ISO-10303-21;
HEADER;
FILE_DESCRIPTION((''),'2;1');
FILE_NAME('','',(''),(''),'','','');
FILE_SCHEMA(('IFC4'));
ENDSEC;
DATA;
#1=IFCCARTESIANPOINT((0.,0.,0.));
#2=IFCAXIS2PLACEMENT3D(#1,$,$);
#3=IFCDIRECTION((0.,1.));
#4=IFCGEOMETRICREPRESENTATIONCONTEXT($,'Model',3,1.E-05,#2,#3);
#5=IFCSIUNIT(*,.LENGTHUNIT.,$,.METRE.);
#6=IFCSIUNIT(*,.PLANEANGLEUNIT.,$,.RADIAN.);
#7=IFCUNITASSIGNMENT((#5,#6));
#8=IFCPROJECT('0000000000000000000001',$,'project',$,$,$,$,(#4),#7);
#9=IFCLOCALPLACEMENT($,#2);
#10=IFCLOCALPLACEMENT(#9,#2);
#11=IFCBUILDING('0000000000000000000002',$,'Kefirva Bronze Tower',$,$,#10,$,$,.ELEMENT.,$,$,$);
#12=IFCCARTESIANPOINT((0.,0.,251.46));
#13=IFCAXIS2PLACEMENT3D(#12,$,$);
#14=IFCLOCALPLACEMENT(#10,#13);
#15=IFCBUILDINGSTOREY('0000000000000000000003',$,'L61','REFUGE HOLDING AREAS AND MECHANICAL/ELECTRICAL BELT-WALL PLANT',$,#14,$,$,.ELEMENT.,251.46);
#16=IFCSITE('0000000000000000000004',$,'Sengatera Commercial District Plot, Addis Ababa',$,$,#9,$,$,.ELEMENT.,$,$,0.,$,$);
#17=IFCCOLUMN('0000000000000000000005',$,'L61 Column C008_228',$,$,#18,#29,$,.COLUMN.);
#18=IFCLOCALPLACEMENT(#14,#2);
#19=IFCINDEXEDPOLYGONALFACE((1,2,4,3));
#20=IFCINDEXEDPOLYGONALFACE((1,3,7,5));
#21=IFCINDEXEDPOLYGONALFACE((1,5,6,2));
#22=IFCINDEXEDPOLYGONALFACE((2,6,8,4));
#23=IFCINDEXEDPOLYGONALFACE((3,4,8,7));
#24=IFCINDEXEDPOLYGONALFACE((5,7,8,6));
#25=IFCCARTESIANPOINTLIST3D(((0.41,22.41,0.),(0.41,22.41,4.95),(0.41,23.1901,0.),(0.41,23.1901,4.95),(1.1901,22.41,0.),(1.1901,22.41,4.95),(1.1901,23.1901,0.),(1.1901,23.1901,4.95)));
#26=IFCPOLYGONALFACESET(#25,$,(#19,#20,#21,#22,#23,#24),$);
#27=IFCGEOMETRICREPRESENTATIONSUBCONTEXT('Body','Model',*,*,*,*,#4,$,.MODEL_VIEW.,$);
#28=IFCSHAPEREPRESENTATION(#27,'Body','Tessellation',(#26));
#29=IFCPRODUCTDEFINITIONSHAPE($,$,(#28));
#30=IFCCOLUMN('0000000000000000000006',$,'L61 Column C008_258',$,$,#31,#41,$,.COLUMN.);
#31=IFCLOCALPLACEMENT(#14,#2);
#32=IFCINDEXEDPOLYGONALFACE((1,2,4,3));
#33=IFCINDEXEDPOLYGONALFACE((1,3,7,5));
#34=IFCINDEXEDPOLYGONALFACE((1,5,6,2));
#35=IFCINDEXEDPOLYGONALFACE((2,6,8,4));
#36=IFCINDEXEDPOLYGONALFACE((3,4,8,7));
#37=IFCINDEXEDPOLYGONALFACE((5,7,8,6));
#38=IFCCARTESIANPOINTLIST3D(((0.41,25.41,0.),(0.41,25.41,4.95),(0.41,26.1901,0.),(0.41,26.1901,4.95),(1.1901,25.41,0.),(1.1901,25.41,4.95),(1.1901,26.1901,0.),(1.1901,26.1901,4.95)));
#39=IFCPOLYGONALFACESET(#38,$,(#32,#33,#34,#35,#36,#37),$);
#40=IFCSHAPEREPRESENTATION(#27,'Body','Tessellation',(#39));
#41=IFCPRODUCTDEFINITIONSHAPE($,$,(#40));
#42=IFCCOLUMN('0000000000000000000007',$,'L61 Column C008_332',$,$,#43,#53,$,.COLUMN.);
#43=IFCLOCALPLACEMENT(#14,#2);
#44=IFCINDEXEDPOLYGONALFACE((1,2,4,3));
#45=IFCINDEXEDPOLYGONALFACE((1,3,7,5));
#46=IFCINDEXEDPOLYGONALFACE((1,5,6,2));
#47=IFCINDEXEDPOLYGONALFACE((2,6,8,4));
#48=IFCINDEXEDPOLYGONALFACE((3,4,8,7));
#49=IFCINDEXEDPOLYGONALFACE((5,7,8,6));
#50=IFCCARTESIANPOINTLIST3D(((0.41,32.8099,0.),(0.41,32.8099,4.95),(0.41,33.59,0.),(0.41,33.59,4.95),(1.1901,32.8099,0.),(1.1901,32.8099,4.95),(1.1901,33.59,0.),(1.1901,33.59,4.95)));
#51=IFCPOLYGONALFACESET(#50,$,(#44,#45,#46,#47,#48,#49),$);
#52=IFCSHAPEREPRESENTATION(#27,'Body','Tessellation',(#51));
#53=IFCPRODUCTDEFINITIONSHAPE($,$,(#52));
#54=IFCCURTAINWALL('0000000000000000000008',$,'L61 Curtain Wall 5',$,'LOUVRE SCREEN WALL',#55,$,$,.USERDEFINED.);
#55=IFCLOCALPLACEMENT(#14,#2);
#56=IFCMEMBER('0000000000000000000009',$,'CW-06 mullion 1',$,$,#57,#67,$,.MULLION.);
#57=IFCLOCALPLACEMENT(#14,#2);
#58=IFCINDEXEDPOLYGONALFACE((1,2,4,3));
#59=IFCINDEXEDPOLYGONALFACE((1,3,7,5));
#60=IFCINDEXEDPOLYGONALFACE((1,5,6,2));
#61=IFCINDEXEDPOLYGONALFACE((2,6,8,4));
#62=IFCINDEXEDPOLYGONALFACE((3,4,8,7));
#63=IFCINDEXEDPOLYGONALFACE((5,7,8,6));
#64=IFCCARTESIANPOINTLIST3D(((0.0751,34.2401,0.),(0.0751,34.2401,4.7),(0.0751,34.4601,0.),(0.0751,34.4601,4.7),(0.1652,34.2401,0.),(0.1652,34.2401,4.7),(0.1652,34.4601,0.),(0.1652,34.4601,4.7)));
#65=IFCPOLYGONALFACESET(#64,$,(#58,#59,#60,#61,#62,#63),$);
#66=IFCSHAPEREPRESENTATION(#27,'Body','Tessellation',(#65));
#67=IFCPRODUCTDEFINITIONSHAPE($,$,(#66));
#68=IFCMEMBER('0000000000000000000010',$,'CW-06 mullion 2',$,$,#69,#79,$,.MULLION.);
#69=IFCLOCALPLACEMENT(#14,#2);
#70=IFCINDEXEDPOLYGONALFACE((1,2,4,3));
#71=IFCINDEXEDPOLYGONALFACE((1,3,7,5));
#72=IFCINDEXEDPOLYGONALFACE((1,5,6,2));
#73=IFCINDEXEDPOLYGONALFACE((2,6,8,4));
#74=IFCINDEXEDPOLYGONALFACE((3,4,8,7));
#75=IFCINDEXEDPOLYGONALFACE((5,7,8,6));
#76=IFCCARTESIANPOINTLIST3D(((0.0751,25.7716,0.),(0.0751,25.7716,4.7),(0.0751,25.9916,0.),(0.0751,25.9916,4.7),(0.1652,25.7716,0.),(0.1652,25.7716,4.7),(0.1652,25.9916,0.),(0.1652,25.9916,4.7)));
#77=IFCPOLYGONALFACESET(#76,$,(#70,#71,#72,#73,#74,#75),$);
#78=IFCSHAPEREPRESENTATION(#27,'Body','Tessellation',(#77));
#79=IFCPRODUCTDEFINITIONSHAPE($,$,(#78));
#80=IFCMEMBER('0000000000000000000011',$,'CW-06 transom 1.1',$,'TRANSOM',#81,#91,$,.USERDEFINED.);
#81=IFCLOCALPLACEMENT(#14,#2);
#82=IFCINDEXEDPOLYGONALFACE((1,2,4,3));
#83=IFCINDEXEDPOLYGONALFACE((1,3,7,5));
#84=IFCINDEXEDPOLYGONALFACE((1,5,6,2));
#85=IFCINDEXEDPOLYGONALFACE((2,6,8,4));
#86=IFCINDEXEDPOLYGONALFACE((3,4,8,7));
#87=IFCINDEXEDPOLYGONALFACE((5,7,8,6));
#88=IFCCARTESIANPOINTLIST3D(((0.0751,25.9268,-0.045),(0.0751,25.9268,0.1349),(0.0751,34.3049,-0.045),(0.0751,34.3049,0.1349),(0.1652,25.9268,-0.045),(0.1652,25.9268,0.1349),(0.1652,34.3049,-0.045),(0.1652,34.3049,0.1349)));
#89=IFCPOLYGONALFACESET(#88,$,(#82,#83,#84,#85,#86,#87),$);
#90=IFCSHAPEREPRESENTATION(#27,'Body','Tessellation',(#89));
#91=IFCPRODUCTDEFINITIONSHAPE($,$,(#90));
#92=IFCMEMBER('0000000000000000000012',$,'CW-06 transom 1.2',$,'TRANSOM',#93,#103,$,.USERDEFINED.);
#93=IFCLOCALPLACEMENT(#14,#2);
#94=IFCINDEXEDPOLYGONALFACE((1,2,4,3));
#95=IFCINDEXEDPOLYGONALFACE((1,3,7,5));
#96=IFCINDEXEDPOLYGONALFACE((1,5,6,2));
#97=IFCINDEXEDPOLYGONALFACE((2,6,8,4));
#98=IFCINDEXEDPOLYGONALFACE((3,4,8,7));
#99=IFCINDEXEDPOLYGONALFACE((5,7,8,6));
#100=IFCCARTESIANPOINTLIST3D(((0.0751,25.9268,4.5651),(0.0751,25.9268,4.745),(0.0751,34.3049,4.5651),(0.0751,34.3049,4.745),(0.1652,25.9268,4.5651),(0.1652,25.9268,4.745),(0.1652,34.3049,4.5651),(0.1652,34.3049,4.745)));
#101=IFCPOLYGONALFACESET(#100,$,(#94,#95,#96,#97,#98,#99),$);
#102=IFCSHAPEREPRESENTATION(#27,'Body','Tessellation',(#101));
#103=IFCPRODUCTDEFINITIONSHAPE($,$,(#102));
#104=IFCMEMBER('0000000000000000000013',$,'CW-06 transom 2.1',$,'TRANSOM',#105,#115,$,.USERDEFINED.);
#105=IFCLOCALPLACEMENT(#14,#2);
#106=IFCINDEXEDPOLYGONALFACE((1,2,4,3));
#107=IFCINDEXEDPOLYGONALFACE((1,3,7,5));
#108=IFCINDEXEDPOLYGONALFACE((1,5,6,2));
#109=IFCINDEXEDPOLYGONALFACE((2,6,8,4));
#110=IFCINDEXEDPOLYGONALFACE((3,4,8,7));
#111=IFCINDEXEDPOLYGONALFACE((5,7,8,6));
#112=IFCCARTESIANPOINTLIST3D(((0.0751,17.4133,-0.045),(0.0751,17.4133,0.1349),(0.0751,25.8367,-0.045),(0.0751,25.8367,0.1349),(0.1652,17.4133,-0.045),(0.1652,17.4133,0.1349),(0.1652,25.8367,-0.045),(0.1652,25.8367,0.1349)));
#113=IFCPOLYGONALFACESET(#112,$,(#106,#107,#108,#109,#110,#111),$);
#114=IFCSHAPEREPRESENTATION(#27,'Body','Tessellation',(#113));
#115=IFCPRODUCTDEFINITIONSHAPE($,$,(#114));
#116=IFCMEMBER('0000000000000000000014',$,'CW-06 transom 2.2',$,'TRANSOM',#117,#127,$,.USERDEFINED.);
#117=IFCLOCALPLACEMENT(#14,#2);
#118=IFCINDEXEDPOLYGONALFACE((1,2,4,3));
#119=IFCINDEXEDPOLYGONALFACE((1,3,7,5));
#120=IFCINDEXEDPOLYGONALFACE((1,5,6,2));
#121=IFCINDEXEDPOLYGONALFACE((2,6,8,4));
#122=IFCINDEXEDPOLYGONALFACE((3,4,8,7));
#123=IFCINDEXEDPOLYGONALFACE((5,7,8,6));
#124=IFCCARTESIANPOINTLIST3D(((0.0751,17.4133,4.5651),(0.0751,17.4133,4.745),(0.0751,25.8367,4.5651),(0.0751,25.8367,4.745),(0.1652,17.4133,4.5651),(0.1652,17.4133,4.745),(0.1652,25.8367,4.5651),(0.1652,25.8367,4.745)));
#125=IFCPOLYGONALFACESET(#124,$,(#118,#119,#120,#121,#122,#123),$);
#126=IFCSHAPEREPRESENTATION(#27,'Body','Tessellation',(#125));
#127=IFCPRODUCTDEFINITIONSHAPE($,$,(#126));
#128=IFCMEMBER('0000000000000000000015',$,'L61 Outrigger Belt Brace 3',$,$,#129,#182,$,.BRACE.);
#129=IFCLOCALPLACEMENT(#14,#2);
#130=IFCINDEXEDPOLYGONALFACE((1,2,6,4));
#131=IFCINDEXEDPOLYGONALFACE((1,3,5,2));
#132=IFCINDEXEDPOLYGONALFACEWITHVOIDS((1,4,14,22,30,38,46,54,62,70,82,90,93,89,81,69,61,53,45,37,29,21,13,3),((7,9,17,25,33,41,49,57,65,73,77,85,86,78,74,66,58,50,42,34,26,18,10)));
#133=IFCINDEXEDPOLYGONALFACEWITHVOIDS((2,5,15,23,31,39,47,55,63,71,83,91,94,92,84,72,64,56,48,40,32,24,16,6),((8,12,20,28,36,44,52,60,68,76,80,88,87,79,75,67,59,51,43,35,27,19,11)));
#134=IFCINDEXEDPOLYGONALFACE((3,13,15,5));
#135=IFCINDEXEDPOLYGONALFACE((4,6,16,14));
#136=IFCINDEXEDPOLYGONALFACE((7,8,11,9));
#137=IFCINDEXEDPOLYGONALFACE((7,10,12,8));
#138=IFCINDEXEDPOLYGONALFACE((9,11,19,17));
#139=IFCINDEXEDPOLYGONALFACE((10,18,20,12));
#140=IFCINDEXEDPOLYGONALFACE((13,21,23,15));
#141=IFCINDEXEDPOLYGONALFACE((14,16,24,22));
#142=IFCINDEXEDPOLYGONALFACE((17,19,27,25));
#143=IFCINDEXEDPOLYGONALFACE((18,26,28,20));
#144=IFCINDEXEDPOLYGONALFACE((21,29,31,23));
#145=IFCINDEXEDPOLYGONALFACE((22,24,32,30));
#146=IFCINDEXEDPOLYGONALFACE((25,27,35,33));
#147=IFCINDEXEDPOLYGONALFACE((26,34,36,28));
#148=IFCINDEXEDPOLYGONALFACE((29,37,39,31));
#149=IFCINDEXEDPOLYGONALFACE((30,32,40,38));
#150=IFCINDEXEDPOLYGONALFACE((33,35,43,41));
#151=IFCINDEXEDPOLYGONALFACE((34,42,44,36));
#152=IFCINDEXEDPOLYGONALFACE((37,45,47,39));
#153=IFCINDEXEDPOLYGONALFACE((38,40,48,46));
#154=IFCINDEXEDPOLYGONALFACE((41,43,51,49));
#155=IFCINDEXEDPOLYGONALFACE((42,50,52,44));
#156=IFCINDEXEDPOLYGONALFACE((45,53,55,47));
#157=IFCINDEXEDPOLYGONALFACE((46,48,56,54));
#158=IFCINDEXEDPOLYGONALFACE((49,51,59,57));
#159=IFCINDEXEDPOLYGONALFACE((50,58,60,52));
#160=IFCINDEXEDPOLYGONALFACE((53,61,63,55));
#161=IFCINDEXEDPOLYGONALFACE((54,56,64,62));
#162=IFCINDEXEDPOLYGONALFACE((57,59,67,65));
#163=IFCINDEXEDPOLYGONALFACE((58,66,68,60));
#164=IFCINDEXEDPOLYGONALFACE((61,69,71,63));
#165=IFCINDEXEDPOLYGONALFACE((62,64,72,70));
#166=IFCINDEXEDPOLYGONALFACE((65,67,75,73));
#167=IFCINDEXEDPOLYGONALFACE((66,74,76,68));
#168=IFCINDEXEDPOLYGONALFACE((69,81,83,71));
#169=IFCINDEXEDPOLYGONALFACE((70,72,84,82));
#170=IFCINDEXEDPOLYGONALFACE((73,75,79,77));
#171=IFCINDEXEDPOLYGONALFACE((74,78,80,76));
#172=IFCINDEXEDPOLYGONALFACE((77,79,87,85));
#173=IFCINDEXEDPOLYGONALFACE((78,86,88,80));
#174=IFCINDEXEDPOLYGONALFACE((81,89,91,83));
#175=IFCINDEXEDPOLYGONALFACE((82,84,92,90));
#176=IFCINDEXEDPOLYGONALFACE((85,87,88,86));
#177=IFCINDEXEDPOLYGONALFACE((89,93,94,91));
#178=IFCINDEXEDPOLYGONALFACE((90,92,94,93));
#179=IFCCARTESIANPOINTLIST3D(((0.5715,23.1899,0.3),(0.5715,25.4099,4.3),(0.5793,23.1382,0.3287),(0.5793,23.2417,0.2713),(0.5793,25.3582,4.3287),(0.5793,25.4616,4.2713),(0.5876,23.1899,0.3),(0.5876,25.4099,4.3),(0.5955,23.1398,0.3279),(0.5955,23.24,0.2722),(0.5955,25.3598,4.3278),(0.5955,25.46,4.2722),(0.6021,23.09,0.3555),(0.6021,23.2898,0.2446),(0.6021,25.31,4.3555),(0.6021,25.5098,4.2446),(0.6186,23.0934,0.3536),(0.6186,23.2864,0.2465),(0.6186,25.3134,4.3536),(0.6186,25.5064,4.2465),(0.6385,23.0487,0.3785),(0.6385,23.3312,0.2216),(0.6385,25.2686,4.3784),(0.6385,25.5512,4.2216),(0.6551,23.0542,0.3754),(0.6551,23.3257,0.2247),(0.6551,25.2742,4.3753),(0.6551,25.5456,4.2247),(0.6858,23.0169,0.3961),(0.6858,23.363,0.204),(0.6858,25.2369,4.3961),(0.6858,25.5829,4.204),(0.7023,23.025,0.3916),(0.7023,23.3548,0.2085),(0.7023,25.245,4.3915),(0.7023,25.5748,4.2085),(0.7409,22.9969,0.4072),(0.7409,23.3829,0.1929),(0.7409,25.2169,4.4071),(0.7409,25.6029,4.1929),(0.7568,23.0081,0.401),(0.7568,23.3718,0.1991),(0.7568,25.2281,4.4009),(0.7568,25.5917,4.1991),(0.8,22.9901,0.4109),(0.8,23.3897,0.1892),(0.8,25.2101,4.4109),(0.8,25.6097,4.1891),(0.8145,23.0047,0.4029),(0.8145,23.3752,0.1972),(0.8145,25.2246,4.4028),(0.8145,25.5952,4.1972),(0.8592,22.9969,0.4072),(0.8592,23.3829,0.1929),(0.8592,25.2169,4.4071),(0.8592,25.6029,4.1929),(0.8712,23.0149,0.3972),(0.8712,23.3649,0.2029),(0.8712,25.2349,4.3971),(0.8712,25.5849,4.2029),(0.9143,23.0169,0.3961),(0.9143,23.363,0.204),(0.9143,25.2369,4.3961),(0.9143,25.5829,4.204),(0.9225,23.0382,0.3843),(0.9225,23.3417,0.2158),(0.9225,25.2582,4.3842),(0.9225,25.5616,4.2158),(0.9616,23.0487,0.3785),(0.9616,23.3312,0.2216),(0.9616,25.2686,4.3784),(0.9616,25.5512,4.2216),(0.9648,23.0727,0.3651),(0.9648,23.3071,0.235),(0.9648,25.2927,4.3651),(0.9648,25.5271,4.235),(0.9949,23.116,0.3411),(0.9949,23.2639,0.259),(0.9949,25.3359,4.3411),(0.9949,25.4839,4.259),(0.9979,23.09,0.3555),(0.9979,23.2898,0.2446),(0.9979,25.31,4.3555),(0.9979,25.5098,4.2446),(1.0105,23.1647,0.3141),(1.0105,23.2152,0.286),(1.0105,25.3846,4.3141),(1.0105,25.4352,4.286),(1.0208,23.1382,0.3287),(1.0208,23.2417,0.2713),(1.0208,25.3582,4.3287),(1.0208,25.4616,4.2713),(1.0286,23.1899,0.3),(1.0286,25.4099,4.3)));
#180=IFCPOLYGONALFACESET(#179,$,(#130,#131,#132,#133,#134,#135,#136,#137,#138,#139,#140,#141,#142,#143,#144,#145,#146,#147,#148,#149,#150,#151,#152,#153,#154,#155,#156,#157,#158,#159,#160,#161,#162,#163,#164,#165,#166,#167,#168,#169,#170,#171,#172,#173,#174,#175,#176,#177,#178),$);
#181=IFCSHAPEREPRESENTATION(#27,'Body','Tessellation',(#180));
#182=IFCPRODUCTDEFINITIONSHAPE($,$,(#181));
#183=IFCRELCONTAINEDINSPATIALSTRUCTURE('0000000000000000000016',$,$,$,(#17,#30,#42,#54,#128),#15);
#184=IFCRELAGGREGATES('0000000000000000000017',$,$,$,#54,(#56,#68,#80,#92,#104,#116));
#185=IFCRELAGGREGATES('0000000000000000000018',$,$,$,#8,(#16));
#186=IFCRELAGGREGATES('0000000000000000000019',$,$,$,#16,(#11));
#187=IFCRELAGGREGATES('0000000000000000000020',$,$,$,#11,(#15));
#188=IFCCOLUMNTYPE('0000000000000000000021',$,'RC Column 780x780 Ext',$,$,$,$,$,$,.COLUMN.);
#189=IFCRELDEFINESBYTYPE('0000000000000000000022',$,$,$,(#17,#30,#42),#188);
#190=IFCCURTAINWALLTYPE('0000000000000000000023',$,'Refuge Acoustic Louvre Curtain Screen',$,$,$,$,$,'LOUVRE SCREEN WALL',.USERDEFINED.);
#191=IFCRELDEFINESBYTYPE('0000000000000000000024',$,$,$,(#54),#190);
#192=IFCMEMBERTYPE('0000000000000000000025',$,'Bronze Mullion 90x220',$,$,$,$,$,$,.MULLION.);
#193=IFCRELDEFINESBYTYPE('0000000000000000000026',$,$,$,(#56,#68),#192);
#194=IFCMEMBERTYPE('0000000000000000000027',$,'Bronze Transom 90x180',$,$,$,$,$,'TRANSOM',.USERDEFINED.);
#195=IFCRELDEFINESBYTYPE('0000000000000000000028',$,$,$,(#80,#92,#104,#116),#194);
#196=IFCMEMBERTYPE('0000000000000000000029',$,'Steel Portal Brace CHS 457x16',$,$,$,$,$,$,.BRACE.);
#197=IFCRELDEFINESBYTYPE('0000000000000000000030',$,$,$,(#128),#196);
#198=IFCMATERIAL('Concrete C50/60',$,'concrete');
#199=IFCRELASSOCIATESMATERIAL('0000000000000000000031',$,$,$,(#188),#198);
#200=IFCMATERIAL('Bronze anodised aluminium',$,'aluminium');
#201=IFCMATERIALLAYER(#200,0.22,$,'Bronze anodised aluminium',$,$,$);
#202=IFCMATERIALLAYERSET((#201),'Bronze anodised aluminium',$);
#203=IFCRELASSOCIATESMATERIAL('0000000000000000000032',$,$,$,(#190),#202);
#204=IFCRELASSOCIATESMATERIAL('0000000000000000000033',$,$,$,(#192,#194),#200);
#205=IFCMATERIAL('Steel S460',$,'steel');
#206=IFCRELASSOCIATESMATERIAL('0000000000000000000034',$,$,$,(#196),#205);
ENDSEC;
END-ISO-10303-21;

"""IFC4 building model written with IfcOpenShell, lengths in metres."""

from ifc_helpers import new_model, si_unit, direction, frame, origin, origin_2d, place, context, subcontext, project, spatial, rectangle, hollow_circle, extrude, material, layer, layer_set, material_profile, profile_set, type_object, element, aggregate, save


model = new_model("IFC4")

# Units and contexts
model_context = context("Model", 3, precision=1e-05, world=origin(), true_north=direction((0.0, 1.0)))
body_context = subcontext(model_context, "Body", "Model", "MODEL_VIEW")
ifc_project = project(units=[si_unit("LENGTHUNIT", "METRE"), si_unit("PLANEANGLEUNIT", "RADIAN")], contexts=[model_context])

# Site, building, storey
site_placement = place(None, origin())
site = spatial("IfcSite", under=ifc_project, at=site_placement, Name="Sengatera Commercial District Plot, Addis Ababa", CompositionType="ELEMENT", RefElevation=0.0)
building_placement = place(site_placement, origin())
building = spatial("IfcBuilding", under=site, at=building_placement, Name="Kefirva Bronze Tower", CompositionType="ELEMENT")
storey_placement = place(building_placement, frame((0.0, 0.0, 251.46)))
storey = spatial("IfcBuildingStorey", under=building, at=storey_placement, Name="L61", Description="REFUGE HOLDING AREAS AND MECHANICAL/ELECTRICAL BELT-WALL PLANT", CompositionType="ELEMENT", Elevation=251.46)

# Columns
ifc_material_1 = material(Name="Concrete C50/60", Category="concrete")
ifc_material_profile_1 = material_profile(ifc_material_1, rectangle(XDim=0.78, YDim=0.78, at=origin_2d()), Name="RC 780x780")
ifc_profile_set_1 = profile_set([ifc_material_profile_1], Name="Concrete C50/60")
column_type = type_object("IfcColumnType", Name="RC Column 780x780 Ext", PredefinedType="COLUMN", material=ifc_profile_set_1)
for number, where, z_axis, x_axis, name in (
    (1, (0.8, 22.8, 0.0), (0.0, 0.0, 1.0), (1.0, 0.0, 0.0), "L61 Column C008_228"),
    (2, (0.8, 25.8, 0.0), (0.0, 0.0, 1.0), (1.0, 0.0, 0.0), "L61 Column C008_258"),
    (3, (0.8, 33.2, 0.0), (0.0, 0.0, 1.0), (1.0, 0.0, 0.0), "L61 Column C008_332"),
):
    element("IfcColumn", number, at=place(storey_placement, frame(where, z_axis=z_axis, x_axis=x_axis)), inside=storey, type_object=column_type, Name=name, PredefinedType="COLUMN", context=body_context, shape_type="SweptSolid", body=[
        extrude(rectangle(XDim=0.78, YDim=0.78, at=origin_2d()), origin(), (0.0, 0.0, 1.0), 4.95),
    ])

# Curtain wall, members
ifc_material_2 = material(Name="Bronze anodised aluminium", Category="aluminium")
ifc_layer_1 = layer(ifc_material_2, 0.22, Name="Bronze anodised aluminium")
ifc_layer_set_1 = layer_set([ifc_layer_1], Name="Bronze anodised aluminium")
curtain_wall_type = type_object("IfcCurtainWallType", Name="Refuge Acoustic Louvre Curtain Screen", ElementType="LOUVRE SCREEN WALL", PredefinedType="USERDEFINED", material=ifc_layer_set_1)
curtain_wall_placement = place(storey_placement, origin())
curtain_wall = element("IfcCurtainWall", 4, at=curtain_wall_placement, inside=storey, type_object=curtain_wall_type, Name="L61 Curtain Wall 5", ObjectType="LOUVRE SCREEN WALL", PredefinedType="USERDEFINED")
ifc_material_profile_2 = material_profile(ifc_material_2, rectangle(XDim=0.0901, YDim=0.22, at=origin_2d()), Name="ALU 90x220")
ifc_profile_set_2 = profile_set([ifc_material_profile_2], Name="Bronze anodised aluminium")
member_type_1 = type_object("IfcMemberType", Name="Bronze Mullion 90x220", PredefinedType="MULLION", material=ifc_profile_set_2)
member_1_placement = place(storey_placement, frame((0.1201, 34.3501, 0.0), z_axis=(0.0, 0.0, 1.0), x_axis=(1.0, 0.0, 0.0)))
member_1 = element("IfcMember", 5, at=member_1_placement, type_object=member_type_1, Name="CW-06 mullion 1", PredefinedType="MULLION", context=body_context, shape_type="SweptSolid", body=[
    extrude(rectangle(XDim=0.0901, YDim=0.22, at=origin_2d()), origin(), (0.0, 0.0, 1.0), 4.7),
])
member_2_placement = place(storey_placement, frame((0.1201, 25.8816, 0.0), z_axis=(0.0, 0.0, 1.0), x_axis=(1.0, 0.0, 0.0)))
member_2 = element("IfcMember", 6, at=member_2_placement, type_object=member_type_1, Name="CW-06 mullion 2", PredefinedType="MULLION", context=body_context, shape_type="SweptSolid", body=[
    extrude(rectangle(XDim=0.0901, YDim=0.22, at=origin_2d()), origin(), (0.0, 0.0, 1.0), 4.7),
])
ifc_material_profile_3 = material_profile(ifc_material_2, rectangle(XDim=0.0901, YDim=0.1799, at=origin_2d()), Name="ALU 90x180")
ifc_profile_set_3 = profile_set([ifc_material_profile_3], Name="Bronze anodised aluminium")
member_type_2 = type_object("IfcMemberType", Name="Bronze Transom 90x180", ElementType="TRANSOM", PredefinedType="USERDEFINED", material=ifc_profile_set_3)
member_3_placement = place(storey_placement, frame((0.1201, 34.3049, 0.0449), z_axis=(0.0, -1.0, 0.0), x_axis=(1.0, 0.0, 0.0)))
member_3 = element("IfcMember", 7, at=member_3_placement, type_object=member_type_2, Name="CW-06 transom 1.1", ObjectType="TRANSOM", PredefinedType="USERDEFINED", context=body_context, shape_type="SweptSolid", body=[
    extrude(rectangle(XDim=0.0901, YDim=0.1799, at=origin_2d()), origin(), (0.0, 0.0, 1.0), 8.3782),
])
member_4_placement = place(storey_placement, frame((0.1201, 34.3049, 4.655), z_axis=(0.0, -1.0, 0.0), x_axis=(1.0, 0.0, 0.0)))
member_4 = element("IfcMember", 8, at=member_4_placement, type_object=member_type_2, Name="CW-06 transom 1.2", ObjectType="TRANSOM", PredefinedType="USERDEFINED", context=body_context, shape_type="SweptSolid", body=[
    extrude(rectangle(XDim=0.0901, YDim=0.1799, at=origin_2d()), origin(), (0.0, 0.0, 1.0), 8.3782),
])
member_5_placement = place(storey_placement, frame((0.1201, 25.8367, 0.0449), z_axis=(0.0, -1.0, 0.0), x_axis=(1.0, 0.0, 0.0)))
member_5 = element("IfcMember", 9, at=member_5_placement, type_object=member_type_2, Name="CW-06 transom 2.1", ObjectType="TRANSOM", PredefinedType="USERDEFINED", context=body_context, shape_type="SweptSolid", body=[
    extrude(rectangle(XDim=0.0901, YDim=0.1799, at=origin_2d()), origin(), (0.0, 0.0, 1.0), 8.4233),
])
member_6_placement = place(storey_placement, frame((0.1201, 25.8367, 4.655), z_axis=(0.0, -1.0, 0.0), x_axis=(1.0, 0.0, 0.0)))
member_6 = element("IfcMember", 10, at=member_6_placement, type_object=member_type_2, Name="CW-06 transom 2.2", ObjectType="TRANSOM", PredefinedType="USERDEFINED", context=body_context, shape_type="SweptSolid", body=[
    extrude(rectangle(XDim=0.0901, YDim=0.1799, at=origin_2d()), origin(), (0.0, 0.0, 1.0), 8.4233),
])

# Member
ifc_material_3 = material(Name="Steel S460", Category="steel")
ifc_material_profile_4 = material_profile(ifc_material_3, hollow_circle(Radius=0.2285, WallThickness=0.0161, at=origin_2d()), Name="CHS 457x16")
ifc_profile_set_4 = profile_set([ifc_material_profile_4], Name="Steel S460")
member_type_3 = type_object("IfcMemberType", Name="Steel Portal Brace CHS 457x16", PredefinedType="BRACE", material=ifc_profile_set_4)
member_7_placement = place(storey_placement, frame((0.8, 23.1899, 0.3), z_axis=(0.0, 0.485267, 0.874366), x_axis=(-1.0, 0.0, 0.0)))
element("IfcMember", 11, at=member_7_placement, inside=storey, type_object=member_type_3, Name="L61 Outrigger Belt Brace 3", PredefinedType="BRACE", context=body_context, shape_type="SweptSolid", body=[
    extrude(hollow_circle(Radius=0.2285, WallThickness=0.0161, at=origin_2d()), origin(), (0.0, 0.0, 1.0), 4.5747),
])

aggregate(curtain_wall, [member_1, member_2, member_3, member_4, member_5, member_6])

save(model, "model.ifc")
